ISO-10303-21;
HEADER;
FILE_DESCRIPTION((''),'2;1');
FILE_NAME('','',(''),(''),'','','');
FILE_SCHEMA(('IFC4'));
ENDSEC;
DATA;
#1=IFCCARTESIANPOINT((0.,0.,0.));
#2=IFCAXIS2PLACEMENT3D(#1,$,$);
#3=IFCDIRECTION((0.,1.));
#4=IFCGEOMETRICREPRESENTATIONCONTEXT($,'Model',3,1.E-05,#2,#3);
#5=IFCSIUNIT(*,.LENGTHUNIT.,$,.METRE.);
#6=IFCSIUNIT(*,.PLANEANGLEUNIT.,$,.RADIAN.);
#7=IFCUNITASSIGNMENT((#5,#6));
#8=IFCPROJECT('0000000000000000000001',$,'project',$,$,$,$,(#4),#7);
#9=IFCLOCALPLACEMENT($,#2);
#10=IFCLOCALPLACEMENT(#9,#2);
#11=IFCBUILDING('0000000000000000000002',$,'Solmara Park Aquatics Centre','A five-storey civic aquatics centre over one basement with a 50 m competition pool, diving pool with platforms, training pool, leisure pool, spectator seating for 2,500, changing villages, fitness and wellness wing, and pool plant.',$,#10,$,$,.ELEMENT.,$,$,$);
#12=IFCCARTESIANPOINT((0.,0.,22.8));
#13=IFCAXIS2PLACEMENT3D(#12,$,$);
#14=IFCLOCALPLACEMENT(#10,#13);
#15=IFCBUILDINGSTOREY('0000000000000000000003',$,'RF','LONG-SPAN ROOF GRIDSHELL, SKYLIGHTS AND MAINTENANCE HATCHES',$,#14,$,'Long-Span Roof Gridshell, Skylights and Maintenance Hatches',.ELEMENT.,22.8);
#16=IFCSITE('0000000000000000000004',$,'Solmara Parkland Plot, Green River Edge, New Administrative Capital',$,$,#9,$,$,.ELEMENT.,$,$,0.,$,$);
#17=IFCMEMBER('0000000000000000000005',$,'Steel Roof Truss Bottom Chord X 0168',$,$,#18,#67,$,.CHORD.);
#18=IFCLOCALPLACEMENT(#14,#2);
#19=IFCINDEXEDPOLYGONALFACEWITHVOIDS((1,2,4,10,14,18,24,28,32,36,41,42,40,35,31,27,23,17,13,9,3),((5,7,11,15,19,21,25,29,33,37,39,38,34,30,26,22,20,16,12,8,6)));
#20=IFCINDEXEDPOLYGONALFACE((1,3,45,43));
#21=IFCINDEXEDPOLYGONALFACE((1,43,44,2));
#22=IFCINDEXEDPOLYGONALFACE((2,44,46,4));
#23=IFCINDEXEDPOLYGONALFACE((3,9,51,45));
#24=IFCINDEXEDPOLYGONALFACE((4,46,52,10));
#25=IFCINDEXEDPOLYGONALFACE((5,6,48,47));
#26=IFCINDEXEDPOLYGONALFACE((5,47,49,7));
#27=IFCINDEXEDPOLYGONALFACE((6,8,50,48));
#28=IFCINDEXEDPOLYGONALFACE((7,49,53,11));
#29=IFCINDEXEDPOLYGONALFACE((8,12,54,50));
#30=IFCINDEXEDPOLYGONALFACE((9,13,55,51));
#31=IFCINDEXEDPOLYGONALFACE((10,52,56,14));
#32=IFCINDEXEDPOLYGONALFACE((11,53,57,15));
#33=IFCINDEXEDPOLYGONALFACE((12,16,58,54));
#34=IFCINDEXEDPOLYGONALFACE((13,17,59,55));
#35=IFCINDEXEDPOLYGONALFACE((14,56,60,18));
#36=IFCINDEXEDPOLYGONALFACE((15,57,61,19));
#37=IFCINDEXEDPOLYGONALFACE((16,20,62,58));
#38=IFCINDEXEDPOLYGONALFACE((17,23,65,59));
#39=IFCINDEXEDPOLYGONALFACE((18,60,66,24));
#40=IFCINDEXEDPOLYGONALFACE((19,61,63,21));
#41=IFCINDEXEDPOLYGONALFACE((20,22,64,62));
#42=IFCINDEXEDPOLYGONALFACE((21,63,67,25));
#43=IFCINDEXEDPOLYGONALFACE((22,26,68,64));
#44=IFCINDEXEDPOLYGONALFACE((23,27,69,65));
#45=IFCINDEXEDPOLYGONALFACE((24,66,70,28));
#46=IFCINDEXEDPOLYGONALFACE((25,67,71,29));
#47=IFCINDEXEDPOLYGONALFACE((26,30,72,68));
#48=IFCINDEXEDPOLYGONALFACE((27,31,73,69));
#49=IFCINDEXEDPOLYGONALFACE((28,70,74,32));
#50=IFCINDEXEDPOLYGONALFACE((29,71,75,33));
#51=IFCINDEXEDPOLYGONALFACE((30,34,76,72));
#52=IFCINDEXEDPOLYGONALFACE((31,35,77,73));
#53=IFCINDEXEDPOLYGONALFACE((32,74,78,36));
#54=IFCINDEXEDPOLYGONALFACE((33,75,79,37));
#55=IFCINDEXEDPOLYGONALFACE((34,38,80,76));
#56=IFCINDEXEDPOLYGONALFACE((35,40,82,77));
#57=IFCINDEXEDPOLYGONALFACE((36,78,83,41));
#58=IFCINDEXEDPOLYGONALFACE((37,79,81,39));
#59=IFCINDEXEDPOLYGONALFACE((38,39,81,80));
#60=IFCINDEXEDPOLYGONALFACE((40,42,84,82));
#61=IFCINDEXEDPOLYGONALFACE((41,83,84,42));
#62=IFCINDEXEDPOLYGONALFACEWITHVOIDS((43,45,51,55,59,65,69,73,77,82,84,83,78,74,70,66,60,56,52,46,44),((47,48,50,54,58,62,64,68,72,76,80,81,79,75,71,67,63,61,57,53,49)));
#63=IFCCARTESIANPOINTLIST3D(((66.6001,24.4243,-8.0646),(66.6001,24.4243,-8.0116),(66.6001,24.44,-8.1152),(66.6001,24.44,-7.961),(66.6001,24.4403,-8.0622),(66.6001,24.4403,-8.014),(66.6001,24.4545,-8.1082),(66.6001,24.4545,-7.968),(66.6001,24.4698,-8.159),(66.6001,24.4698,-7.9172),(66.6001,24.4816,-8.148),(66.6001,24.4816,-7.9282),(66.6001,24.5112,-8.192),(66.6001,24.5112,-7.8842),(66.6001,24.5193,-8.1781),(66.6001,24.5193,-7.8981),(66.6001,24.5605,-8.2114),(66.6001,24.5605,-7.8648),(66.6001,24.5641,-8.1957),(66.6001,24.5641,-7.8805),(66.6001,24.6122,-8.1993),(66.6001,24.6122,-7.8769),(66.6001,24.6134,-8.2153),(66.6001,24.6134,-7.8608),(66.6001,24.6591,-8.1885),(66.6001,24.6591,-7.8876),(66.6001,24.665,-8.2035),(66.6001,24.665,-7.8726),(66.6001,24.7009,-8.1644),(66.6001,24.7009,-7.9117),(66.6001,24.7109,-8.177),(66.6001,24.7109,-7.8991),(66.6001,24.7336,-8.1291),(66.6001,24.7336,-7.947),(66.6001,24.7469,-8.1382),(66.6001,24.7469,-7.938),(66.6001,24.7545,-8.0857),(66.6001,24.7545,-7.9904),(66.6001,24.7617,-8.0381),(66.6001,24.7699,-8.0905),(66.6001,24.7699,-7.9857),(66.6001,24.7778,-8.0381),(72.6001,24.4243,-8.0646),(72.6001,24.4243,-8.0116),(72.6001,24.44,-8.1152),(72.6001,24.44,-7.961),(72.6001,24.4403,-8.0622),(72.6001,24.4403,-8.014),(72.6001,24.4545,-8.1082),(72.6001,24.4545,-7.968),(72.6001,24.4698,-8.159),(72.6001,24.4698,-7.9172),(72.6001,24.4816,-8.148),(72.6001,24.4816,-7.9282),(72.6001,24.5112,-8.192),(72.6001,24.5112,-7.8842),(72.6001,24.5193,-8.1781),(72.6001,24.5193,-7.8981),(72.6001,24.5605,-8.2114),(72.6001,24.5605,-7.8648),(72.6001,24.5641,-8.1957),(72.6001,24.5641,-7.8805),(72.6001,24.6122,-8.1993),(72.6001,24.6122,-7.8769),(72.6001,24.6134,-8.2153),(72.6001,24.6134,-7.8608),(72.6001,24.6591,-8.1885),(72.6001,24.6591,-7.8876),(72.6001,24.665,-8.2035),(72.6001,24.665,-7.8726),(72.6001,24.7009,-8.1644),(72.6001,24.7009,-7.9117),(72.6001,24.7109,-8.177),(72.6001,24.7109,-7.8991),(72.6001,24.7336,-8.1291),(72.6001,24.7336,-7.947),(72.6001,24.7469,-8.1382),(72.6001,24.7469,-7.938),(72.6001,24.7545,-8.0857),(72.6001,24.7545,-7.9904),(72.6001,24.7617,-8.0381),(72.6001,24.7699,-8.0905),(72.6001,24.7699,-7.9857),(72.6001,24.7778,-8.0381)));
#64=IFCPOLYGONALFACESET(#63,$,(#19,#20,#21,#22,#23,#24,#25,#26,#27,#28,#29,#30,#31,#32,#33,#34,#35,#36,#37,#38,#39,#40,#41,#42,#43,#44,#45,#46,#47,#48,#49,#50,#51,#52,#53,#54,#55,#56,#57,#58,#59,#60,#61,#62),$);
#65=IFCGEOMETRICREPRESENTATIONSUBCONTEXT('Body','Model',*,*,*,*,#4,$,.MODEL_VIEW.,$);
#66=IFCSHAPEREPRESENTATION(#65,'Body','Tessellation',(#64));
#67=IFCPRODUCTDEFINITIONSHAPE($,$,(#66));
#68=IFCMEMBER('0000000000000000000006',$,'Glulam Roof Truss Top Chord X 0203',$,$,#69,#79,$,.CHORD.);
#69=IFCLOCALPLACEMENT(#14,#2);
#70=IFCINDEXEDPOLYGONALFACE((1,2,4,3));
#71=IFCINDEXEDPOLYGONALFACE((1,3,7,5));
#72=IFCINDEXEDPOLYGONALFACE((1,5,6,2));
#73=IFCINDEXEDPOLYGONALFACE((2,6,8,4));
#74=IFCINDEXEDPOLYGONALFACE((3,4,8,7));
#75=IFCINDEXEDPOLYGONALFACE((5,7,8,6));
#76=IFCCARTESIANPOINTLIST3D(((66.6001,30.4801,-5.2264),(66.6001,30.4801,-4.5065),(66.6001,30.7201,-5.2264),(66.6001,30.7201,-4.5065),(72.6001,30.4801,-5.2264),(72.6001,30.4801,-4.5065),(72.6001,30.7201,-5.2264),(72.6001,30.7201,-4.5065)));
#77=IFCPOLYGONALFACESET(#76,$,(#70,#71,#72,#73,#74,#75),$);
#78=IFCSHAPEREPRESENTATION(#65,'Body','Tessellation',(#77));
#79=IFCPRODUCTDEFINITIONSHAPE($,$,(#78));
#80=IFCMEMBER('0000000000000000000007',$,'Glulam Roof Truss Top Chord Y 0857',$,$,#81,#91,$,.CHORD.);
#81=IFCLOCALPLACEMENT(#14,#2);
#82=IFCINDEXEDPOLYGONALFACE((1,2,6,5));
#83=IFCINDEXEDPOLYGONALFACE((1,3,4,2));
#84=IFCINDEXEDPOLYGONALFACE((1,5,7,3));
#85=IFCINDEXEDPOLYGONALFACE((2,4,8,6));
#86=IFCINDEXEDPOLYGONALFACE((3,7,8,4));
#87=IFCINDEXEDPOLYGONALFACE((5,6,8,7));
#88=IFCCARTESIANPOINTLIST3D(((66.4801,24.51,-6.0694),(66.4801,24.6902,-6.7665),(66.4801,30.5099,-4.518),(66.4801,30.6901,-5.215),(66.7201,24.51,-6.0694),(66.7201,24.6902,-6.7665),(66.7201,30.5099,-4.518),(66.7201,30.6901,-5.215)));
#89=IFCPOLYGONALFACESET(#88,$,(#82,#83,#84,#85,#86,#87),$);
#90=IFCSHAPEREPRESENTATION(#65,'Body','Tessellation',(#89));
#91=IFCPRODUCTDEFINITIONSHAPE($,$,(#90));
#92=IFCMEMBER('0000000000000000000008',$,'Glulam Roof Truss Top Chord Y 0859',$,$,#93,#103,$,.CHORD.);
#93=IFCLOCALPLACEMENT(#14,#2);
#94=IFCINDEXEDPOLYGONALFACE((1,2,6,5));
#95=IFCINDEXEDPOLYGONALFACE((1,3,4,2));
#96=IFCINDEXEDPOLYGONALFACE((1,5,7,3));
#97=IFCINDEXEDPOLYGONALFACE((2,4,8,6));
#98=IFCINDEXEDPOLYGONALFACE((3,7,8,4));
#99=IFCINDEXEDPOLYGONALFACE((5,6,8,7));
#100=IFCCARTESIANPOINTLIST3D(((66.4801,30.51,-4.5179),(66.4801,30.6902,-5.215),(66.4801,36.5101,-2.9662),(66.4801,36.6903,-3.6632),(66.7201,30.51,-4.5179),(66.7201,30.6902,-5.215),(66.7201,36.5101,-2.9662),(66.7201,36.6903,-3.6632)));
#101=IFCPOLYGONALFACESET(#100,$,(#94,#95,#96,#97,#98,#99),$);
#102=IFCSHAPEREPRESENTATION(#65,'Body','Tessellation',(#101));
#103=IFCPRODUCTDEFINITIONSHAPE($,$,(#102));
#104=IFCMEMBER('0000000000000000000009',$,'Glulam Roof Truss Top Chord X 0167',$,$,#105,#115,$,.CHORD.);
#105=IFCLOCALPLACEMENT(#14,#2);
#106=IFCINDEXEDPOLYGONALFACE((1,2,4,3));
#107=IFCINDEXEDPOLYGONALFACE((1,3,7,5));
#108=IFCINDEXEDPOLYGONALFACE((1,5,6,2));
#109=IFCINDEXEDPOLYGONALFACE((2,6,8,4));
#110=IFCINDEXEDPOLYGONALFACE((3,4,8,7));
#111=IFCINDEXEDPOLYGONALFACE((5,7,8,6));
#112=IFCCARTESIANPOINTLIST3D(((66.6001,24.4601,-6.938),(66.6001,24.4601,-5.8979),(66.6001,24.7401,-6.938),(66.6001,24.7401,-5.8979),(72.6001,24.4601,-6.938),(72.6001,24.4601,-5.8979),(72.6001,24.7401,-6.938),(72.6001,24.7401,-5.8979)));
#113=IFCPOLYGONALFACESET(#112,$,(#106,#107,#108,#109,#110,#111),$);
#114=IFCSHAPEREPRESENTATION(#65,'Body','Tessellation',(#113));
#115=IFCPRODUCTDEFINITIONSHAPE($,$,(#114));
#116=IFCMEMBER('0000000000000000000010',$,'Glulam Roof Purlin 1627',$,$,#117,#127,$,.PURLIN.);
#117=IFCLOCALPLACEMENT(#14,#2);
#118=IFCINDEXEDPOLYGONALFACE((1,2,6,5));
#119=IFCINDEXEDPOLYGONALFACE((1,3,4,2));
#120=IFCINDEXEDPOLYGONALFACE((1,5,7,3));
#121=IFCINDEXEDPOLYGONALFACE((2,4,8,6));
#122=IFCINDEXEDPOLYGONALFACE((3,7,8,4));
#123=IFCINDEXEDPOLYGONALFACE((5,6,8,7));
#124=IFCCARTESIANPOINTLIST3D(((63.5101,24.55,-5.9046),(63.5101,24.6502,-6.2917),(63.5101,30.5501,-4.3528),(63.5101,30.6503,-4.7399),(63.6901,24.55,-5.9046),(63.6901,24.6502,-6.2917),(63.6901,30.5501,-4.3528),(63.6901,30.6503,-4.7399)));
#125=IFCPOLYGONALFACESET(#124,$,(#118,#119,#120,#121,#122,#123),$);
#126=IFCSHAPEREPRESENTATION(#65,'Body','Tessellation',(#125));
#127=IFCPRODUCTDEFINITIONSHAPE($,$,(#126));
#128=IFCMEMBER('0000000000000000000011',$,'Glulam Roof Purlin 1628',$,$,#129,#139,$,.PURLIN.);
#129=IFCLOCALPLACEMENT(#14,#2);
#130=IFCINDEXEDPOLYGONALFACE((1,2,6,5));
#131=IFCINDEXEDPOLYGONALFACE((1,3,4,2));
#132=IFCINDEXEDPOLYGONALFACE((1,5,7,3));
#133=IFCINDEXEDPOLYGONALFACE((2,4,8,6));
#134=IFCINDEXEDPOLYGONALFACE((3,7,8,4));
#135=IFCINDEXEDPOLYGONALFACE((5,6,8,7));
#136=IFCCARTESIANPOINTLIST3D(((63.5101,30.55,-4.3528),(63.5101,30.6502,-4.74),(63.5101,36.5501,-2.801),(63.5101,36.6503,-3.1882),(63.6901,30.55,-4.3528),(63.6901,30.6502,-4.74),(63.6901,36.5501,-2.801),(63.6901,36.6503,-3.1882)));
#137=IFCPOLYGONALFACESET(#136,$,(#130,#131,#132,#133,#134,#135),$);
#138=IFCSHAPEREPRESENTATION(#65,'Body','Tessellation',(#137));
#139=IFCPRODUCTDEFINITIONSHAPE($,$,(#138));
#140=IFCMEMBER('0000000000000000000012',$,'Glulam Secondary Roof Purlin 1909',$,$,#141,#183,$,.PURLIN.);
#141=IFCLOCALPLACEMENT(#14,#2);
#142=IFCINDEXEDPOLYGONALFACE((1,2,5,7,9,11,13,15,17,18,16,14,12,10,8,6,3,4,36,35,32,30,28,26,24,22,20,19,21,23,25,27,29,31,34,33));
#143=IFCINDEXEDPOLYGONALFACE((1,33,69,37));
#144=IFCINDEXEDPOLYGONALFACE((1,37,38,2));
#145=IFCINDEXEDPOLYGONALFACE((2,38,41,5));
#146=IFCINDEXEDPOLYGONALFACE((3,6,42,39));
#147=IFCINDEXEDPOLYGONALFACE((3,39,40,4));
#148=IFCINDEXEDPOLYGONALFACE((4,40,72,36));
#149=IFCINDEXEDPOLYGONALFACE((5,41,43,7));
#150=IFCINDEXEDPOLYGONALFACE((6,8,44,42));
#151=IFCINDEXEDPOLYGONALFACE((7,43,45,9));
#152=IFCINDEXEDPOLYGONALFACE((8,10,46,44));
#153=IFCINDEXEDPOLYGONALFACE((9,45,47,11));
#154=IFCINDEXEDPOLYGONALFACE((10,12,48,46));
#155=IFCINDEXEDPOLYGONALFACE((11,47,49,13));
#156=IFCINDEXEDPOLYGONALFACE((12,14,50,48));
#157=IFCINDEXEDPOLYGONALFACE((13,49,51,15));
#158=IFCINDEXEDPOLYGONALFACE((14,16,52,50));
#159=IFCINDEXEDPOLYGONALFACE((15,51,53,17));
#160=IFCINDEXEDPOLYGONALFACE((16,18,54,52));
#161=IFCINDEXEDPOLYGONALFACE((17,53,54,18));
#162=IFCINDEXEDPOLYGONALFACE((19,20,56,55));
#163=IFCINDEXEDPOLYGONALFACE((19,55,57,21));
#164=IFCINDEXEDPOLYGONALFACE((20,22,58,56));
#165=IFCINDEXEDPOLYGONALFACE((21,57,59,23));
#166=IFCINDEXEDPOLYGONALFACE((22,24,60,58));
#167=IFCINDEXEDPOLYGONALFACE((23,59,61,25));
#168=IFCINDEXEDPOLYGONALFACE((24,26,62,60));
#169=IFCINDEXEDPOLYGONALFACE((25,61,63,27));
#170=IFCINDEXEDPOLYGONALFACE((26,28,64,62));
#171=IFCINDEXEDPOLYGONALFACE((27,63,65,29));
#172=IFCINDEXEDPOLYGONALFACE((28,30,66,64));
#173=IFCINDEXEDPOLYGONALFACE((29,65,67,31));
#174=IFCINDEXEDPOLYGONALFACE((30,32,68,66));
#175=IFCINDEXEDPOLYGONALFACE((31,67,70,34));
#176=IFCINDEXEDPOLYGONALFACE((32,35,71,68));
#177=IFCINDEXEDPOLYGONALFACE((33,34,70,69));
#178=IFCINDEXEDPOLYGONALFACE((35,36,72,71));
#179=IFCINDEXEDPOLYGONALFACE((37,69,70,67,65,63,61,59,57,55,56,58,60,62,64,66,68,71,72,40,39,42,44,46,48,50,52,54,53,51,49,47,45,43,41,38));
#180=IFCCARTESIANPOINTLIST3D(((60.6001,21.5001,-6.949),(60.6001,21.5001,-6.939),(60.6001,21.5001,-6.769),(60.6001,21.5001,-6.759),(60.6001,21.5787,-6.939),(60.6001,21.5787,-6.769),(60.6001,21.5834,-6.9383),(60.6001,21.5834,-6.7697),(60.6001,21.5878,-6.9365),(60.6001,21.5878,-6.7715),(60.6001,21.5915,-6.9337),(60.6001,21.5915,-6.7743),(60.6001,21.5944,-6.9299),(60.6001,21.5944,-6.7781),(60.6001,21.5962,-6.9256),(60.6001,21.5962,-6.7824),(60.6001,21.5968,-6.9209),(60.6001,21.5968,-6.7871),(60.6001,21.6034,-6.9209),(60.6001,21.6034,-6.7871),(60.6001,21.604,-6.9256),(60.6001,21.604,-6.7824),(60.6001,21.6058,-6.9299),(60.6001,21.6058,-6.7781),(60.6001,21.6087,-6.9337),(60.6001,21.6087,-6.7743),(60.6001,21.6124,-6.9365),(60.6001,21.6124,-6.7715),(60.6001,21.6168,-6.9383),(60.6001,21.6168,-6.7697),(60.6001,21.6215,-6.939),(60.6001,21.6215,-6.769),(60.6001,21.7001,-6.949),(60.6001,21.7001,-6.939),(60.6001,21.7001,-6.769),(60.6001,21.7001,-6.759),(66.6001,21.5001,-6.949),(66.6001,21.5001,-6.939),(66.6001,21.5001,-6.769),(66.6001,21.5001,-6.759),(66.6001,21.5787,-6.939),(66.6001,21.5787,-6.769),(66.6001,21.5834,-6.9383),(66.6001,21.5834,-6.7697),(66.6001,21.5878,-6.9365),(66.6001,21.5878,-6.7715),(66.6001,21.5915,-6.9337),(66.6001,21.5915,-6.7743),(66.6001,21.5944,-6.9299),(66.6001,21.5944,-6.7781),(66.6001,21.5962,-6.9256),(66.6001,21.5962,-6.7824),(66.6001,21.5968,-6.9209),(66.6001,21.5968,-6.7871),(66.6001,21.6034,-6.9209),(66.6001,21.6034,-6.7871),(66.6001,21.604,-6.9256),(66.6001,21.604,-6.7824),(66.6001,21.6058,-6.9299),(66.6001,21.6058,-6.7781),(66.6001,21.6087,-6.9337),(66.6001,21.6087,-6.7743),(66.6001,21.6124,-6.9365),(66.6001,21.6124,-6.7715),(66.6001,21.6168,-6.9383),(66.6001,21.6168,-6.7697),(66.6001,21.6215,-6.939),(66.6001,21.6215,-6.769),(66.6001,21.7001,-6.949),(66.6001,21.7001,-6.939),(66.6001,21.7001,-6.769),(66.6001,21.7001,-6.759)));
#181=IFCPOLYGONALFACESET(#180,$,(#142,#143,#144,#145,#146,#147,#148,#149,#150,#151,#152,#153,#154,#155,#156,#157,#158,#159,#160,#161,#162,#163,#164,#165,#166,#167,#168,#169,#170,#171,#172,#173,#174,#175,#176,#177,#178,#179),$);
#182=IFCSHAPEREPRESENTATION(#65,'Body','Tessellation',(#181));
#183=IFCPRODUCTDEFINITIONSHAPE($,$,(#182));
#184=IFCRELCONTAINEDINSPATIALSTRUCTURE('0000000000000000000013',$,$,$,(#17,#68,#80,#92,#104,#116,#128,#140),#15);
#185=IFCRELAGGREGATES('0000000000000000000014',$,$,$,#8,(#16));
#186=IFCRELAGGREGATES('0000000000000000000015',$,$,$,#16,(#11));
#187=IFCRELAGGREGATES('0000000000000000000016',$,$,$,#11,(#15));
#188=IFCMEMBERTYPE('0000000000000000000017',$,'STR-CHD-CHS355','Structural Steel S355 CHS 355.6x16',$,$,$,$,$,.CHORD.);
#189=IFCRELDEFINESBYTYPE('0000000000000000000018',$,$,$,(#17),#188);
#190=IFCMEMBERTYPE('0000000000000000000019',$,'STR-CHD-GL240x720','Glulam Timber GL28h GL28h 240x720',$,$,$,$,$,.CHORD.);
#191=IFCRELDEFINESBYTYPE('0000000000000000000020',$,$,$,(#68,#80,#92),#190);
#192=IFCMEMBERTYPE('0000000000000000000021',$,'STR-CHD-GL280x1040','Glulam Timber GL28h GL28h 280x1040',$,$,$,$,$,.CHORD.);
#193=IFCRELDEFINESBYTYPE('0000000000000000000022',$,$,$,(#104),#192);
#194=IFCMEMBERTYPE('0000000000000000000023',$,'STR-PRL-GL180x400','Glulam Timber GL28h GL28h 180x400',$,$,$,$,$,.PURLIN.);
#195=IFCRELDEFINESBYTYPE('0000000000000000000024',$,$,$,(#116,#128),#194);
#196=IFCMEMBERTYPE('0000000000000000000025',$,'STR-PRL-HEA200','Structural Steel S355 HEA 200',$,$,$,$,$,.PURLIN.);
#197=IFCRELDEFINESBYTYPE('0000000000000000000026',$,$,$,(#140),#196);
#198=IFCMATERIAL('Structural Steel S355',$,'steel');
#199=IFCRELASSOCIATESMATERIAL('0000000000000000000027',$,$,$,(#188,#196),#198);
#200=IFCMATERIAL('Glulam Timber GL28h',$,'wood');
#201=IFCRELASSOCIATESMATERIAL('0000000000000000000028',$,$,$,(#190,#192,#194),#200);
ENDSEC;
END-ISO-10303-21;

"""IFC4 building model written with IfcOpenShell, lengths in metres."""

from ifc_helpers import new_model, si_unit, direction, frame, origin, origin_2d, place, context, subcontext, project, spatial, rectangle, hollow_circle, i_section, extrude, material, material_profile, profile_set, type_object, element, save


model = new_model("IFC4")

# Units and contexts
model_context = context("Model", 3, precision=1e-05, world=origin(), true_north=direction((0.0, 1.0)))
body_context = subcontext(model_context, "Body", "Model", "MODEL_VIEW")
ifc_project = project(units=[si_unit("LENGTHUNIT", "METRE"), si_unit("PLANEANGLEUNIT", "RADIAN")], contexts=[model_context])

# Site, building, storey
site_placement = place(None, origin())
site = spatial("IfcSite", under=ifc_project, at=site_placement, Name="Solmara Parkland Plot, Green River Edge, New Administrative Capital", CompositionType="ELEMENT", RefElevation=0.0)
building_placement = place(site_placement, origin())
building = spatial("IfcBuilding", under=site, at=building_placement, Name="Solmara Park Aquatics Centre", Description="A five-storey civic aquatics centre over one basement with a 50 m competition pool, diving pool with platforms, training pool, leisure pool, spectator seating for 2,500, changing villages, fitness and wellness wing, and pool plant.", CompositionType="ELEMENT")
storey_placement = place(building_placement, frame((0.0, 0.0, 22.8)))
storey = spatial("IfcBuildingStorey", under=building, at=storey_placement, Name="RF", Description="LONG-SPAN ROOF GRIDSHELL, SKYLIGHTS AND MAINTENANCE HATCHES", LongName="Long-Span Roof Gridshell, Skylights and Maintenance Hatches", CompositionType="ELEMENT", Elevation=22.8)

# Members
ifc_material_1 = material(Name="Structural Steel S355", Category="steel")
ifc_material_profile_1 = material_profile(ifc_material_1, hollow_circle(Radius=0.1777, WallThickness=0.0161, at=origin_2d()), Name="CHS 355.6x16")
ifc_profile_set_1 = profile_set([ifc_material_profile_1], Name="Structural Steel S355")
member_type_1 = type_object("IfcMemberType", Name="STR-CHD-CHS355", Description="Structural Steel S355 CHS 355.6x16", PredefinedType="CHORD", material=ifc_profile_set_1)
member_1_placement = place(storey_placement, frame((66.6001, 24.6001, -8.0381), z_axis=(1.0, 0.0, 0.0), x_axis=(0.0, 1.0, 0.0)))
element("IfcMember", 1, at=member_1_placement, inside=storey, type_object=member_type_1, Name="Steel Roof Truss Bottom Chord X 0168", PredefinedType="CHORD", context=body_context, shape_type="SweptSolid", body=[
    extrude(hollow_circle(Radius=0.1777, WallThickness=0.0161, at=origin_2d()), origin(), (0.0, 0.0, 1.0), 6.0),
])
ifc_material_2 = material(Name="Glulam Timber GL28h", Category="wood")
ifc_material_profile_2 = material_profile(ifc_material_2, rectangle(XDim=0.24, YDim=0.72, at=origin_2d()), Name="GL28h 240x720")
ifc_profile_set_2 = profile_set([ifc_material_profile_2], Name="Glulam Timber GL28h")
member_type_2 = type_object("IfcMemberType", Name="STR-CHD-GL240x720", Description="Glulam Timber GL28h GL28h 240x720", PredefinedType="CHORD", material=ifc_profile_set_2)
member_2_placement = place(storey_placement, frame((66.6001, 30.6001, -4.8665), z_axis=(1.0, 0.0, 0.0), x_axis=(0.0, 1.0, 0.0)))
element("IfcMember", 2, at=member_2_placement, inside=storey, type_object=member_type_2, Name="Glulam Roof Truss Top Chord X 0203", PredefinedType="CHORD", context=body_context, shape_type="SweptSolid", body=[
    extrude(rectangle(XDim=0.24, YDim=0.72, at=origin_2d()), origin(), (0.0, 0.0, 1.0), 6.0),
])
member_3_placement = place(storey_placement, frame((66.6001, 24.6001, -6.418), z_axis=(0.0, 0.968155, 0.250351), x_axis=(-1.0, 0.0, 0.0)))
element("IfcMember", 3, at=member_3_placement, inside=storey, type_object=member_type_2, Name="Glulam Roof Truss Top Chord Y 0857", PredefinedType="CHORD", context=body_context, shape_type="SweptSolid", body=[
    extrude(rectangle(XDim=0.24, YDim=0.72, at=origin_2d()), origin(), (0.0, 0.0, 1.0), 6.1973),
])
member_4_placement = place(storey_placement, frame((66.6001, 30.6001, -4.8665), z_axis=(0.0, 0.968146, 0.250388), x_axis=(-1.0, 0.0, 0.0)))
element("IfcMember", 4, at=member_4_placement, inside=storey, type_object=member_type_2, Name="Glulam Roof Truss Top Chord Y 0859", PredefinedType="CHORD", context=body_context, shape_type="SweptSolid", body=[
    extrude(rectangle(XDim=0.24, YDim=0.72, at=origin_2d()), origin(), (0.0, 0.0, 1.0), 6.1975),
])
ifc_material_profile_3 = material_profile(ifc_material_2, rectangle(XDim=0.28, YDim=1.04, at=origin_2d()), Name="GL28h 280x1040")
ifc_profile_set_3 = profile_set([ifc_material_profile_3], Name="Glulam Timber GL28h")
member_type_3 = type_object("IfcMemberType", Name="STR-CHD-GL280x1040", Description="Glulam Timber GL28h GL28h 280x1040", PredefinedType="CHORD", material=ifc_profile_set_3)
member_5_placement = place(storey_placement, frame((66.6001, 24.6001, -6.418), z_axis=(1.0, 0.0, 0.0), x_axis=(0.0, 1.0, 0.0)))
element("IfcMember", 5, at=member_5_placement, inside=storey, type_object=member_type_3, Name="Glulam Roof Truss Top Chord X 0167", PredefinedType="CHORD", context=body_context, shape_type="SweptSolid", body=[
    extrude(rectangle(XDim=0.28, YDim=1.04, at=origin_2d()), origin(), (0.0, 0.0, 1.0), 6.0),
])
ifc_material_profile_4 = material_profile(ifc_material_2, rectangle(XDim=0.1799, YDim=0.3999, at=origin_2d()), Name="GL28h 180x400")
ifc_profile_set_4 = profile_set([ifc_material_profile_4], Name="Glulam Timber GL28h")
member_type_4 = type_object("IfcMemberType", Name="STR-PRL-GL180x400", Description="Glulam Timber GL28h GL28h 180x400", PredefinedType="PURLIN", material=ifc_profile_set_4)
for number, where, z_axis, x_axis, name in (
    (6, (63.6001, 24.6001, -6.0981), (0.0, 0.968146, 0.250388), (-1.0, 0.0, 0.0), "Glulam Roof Purlin 1627"),
    (7, (63.6001, 30.6001, -4.5464), (0.0, 0.968146, 0.250388), (-1.0, 0.0, 0.0), "Glulam Roof Purlin 1628"),
):
    element("IfcMember", number, at=place(storey_placement, frame(where, z_axis=z_axis, x_axis=x_axis)), inside=storey, type_object=member_type_4, Name=name, PredefinedType="PURLIN", context=body_context, shape_type="SweptSolid", body=[
        extrude(rectangle(XDim=0.1799, YDim=0.3999, at=origin_2d()), origin(), (0.0, 0.0, 1.0), 6.1975),
    ])
ifc_material_profile_5 = material_profile(ifc_material_1, i_section(OverallWidth=0.2, OverallDepth=0.1899, WebThickness=0.0066, FlangeThickness=0.01, FilletRadius=0.0181, at=origin_2d()), Name="HEA 200")
ifc_profile_set_5 = profile_set([ifc_material_profile_5], Name="Structural Steel S355")
member_type_5 = type_object("IfcMemberType", Name="STR-PRL-HEA200", Description="Structural Steel S355 HEA 200", PredefinedType="PURLIN", material=ifc_profile_set_5)
member_6_placement = place(storey_placement, frame((60.6001, 21.6001, -6.854), z_axis=(1.0, 0.0, 0.0), x_axis=(0.0, 1.0, 0.0)))
element("IfcMember", 8, at=member_6_placement, inside=storey, type_object=member_type_5, Name="Glulam Secondary Roof Purlin 1909", PredefinedType="PURLIN", context=body_context, shape_type="SweptSolid", body=[
    extrude(i_section(OverallWidth=0.2, OverallDepth=0.1899, WebThickness=0.0066, FlangeThickness=0.01, FilletRadius=0.0181, at=origin_2d()), origin(), (0.0, 0.0, 1.0), 6.0),
])

save(model, "model.ifc")
